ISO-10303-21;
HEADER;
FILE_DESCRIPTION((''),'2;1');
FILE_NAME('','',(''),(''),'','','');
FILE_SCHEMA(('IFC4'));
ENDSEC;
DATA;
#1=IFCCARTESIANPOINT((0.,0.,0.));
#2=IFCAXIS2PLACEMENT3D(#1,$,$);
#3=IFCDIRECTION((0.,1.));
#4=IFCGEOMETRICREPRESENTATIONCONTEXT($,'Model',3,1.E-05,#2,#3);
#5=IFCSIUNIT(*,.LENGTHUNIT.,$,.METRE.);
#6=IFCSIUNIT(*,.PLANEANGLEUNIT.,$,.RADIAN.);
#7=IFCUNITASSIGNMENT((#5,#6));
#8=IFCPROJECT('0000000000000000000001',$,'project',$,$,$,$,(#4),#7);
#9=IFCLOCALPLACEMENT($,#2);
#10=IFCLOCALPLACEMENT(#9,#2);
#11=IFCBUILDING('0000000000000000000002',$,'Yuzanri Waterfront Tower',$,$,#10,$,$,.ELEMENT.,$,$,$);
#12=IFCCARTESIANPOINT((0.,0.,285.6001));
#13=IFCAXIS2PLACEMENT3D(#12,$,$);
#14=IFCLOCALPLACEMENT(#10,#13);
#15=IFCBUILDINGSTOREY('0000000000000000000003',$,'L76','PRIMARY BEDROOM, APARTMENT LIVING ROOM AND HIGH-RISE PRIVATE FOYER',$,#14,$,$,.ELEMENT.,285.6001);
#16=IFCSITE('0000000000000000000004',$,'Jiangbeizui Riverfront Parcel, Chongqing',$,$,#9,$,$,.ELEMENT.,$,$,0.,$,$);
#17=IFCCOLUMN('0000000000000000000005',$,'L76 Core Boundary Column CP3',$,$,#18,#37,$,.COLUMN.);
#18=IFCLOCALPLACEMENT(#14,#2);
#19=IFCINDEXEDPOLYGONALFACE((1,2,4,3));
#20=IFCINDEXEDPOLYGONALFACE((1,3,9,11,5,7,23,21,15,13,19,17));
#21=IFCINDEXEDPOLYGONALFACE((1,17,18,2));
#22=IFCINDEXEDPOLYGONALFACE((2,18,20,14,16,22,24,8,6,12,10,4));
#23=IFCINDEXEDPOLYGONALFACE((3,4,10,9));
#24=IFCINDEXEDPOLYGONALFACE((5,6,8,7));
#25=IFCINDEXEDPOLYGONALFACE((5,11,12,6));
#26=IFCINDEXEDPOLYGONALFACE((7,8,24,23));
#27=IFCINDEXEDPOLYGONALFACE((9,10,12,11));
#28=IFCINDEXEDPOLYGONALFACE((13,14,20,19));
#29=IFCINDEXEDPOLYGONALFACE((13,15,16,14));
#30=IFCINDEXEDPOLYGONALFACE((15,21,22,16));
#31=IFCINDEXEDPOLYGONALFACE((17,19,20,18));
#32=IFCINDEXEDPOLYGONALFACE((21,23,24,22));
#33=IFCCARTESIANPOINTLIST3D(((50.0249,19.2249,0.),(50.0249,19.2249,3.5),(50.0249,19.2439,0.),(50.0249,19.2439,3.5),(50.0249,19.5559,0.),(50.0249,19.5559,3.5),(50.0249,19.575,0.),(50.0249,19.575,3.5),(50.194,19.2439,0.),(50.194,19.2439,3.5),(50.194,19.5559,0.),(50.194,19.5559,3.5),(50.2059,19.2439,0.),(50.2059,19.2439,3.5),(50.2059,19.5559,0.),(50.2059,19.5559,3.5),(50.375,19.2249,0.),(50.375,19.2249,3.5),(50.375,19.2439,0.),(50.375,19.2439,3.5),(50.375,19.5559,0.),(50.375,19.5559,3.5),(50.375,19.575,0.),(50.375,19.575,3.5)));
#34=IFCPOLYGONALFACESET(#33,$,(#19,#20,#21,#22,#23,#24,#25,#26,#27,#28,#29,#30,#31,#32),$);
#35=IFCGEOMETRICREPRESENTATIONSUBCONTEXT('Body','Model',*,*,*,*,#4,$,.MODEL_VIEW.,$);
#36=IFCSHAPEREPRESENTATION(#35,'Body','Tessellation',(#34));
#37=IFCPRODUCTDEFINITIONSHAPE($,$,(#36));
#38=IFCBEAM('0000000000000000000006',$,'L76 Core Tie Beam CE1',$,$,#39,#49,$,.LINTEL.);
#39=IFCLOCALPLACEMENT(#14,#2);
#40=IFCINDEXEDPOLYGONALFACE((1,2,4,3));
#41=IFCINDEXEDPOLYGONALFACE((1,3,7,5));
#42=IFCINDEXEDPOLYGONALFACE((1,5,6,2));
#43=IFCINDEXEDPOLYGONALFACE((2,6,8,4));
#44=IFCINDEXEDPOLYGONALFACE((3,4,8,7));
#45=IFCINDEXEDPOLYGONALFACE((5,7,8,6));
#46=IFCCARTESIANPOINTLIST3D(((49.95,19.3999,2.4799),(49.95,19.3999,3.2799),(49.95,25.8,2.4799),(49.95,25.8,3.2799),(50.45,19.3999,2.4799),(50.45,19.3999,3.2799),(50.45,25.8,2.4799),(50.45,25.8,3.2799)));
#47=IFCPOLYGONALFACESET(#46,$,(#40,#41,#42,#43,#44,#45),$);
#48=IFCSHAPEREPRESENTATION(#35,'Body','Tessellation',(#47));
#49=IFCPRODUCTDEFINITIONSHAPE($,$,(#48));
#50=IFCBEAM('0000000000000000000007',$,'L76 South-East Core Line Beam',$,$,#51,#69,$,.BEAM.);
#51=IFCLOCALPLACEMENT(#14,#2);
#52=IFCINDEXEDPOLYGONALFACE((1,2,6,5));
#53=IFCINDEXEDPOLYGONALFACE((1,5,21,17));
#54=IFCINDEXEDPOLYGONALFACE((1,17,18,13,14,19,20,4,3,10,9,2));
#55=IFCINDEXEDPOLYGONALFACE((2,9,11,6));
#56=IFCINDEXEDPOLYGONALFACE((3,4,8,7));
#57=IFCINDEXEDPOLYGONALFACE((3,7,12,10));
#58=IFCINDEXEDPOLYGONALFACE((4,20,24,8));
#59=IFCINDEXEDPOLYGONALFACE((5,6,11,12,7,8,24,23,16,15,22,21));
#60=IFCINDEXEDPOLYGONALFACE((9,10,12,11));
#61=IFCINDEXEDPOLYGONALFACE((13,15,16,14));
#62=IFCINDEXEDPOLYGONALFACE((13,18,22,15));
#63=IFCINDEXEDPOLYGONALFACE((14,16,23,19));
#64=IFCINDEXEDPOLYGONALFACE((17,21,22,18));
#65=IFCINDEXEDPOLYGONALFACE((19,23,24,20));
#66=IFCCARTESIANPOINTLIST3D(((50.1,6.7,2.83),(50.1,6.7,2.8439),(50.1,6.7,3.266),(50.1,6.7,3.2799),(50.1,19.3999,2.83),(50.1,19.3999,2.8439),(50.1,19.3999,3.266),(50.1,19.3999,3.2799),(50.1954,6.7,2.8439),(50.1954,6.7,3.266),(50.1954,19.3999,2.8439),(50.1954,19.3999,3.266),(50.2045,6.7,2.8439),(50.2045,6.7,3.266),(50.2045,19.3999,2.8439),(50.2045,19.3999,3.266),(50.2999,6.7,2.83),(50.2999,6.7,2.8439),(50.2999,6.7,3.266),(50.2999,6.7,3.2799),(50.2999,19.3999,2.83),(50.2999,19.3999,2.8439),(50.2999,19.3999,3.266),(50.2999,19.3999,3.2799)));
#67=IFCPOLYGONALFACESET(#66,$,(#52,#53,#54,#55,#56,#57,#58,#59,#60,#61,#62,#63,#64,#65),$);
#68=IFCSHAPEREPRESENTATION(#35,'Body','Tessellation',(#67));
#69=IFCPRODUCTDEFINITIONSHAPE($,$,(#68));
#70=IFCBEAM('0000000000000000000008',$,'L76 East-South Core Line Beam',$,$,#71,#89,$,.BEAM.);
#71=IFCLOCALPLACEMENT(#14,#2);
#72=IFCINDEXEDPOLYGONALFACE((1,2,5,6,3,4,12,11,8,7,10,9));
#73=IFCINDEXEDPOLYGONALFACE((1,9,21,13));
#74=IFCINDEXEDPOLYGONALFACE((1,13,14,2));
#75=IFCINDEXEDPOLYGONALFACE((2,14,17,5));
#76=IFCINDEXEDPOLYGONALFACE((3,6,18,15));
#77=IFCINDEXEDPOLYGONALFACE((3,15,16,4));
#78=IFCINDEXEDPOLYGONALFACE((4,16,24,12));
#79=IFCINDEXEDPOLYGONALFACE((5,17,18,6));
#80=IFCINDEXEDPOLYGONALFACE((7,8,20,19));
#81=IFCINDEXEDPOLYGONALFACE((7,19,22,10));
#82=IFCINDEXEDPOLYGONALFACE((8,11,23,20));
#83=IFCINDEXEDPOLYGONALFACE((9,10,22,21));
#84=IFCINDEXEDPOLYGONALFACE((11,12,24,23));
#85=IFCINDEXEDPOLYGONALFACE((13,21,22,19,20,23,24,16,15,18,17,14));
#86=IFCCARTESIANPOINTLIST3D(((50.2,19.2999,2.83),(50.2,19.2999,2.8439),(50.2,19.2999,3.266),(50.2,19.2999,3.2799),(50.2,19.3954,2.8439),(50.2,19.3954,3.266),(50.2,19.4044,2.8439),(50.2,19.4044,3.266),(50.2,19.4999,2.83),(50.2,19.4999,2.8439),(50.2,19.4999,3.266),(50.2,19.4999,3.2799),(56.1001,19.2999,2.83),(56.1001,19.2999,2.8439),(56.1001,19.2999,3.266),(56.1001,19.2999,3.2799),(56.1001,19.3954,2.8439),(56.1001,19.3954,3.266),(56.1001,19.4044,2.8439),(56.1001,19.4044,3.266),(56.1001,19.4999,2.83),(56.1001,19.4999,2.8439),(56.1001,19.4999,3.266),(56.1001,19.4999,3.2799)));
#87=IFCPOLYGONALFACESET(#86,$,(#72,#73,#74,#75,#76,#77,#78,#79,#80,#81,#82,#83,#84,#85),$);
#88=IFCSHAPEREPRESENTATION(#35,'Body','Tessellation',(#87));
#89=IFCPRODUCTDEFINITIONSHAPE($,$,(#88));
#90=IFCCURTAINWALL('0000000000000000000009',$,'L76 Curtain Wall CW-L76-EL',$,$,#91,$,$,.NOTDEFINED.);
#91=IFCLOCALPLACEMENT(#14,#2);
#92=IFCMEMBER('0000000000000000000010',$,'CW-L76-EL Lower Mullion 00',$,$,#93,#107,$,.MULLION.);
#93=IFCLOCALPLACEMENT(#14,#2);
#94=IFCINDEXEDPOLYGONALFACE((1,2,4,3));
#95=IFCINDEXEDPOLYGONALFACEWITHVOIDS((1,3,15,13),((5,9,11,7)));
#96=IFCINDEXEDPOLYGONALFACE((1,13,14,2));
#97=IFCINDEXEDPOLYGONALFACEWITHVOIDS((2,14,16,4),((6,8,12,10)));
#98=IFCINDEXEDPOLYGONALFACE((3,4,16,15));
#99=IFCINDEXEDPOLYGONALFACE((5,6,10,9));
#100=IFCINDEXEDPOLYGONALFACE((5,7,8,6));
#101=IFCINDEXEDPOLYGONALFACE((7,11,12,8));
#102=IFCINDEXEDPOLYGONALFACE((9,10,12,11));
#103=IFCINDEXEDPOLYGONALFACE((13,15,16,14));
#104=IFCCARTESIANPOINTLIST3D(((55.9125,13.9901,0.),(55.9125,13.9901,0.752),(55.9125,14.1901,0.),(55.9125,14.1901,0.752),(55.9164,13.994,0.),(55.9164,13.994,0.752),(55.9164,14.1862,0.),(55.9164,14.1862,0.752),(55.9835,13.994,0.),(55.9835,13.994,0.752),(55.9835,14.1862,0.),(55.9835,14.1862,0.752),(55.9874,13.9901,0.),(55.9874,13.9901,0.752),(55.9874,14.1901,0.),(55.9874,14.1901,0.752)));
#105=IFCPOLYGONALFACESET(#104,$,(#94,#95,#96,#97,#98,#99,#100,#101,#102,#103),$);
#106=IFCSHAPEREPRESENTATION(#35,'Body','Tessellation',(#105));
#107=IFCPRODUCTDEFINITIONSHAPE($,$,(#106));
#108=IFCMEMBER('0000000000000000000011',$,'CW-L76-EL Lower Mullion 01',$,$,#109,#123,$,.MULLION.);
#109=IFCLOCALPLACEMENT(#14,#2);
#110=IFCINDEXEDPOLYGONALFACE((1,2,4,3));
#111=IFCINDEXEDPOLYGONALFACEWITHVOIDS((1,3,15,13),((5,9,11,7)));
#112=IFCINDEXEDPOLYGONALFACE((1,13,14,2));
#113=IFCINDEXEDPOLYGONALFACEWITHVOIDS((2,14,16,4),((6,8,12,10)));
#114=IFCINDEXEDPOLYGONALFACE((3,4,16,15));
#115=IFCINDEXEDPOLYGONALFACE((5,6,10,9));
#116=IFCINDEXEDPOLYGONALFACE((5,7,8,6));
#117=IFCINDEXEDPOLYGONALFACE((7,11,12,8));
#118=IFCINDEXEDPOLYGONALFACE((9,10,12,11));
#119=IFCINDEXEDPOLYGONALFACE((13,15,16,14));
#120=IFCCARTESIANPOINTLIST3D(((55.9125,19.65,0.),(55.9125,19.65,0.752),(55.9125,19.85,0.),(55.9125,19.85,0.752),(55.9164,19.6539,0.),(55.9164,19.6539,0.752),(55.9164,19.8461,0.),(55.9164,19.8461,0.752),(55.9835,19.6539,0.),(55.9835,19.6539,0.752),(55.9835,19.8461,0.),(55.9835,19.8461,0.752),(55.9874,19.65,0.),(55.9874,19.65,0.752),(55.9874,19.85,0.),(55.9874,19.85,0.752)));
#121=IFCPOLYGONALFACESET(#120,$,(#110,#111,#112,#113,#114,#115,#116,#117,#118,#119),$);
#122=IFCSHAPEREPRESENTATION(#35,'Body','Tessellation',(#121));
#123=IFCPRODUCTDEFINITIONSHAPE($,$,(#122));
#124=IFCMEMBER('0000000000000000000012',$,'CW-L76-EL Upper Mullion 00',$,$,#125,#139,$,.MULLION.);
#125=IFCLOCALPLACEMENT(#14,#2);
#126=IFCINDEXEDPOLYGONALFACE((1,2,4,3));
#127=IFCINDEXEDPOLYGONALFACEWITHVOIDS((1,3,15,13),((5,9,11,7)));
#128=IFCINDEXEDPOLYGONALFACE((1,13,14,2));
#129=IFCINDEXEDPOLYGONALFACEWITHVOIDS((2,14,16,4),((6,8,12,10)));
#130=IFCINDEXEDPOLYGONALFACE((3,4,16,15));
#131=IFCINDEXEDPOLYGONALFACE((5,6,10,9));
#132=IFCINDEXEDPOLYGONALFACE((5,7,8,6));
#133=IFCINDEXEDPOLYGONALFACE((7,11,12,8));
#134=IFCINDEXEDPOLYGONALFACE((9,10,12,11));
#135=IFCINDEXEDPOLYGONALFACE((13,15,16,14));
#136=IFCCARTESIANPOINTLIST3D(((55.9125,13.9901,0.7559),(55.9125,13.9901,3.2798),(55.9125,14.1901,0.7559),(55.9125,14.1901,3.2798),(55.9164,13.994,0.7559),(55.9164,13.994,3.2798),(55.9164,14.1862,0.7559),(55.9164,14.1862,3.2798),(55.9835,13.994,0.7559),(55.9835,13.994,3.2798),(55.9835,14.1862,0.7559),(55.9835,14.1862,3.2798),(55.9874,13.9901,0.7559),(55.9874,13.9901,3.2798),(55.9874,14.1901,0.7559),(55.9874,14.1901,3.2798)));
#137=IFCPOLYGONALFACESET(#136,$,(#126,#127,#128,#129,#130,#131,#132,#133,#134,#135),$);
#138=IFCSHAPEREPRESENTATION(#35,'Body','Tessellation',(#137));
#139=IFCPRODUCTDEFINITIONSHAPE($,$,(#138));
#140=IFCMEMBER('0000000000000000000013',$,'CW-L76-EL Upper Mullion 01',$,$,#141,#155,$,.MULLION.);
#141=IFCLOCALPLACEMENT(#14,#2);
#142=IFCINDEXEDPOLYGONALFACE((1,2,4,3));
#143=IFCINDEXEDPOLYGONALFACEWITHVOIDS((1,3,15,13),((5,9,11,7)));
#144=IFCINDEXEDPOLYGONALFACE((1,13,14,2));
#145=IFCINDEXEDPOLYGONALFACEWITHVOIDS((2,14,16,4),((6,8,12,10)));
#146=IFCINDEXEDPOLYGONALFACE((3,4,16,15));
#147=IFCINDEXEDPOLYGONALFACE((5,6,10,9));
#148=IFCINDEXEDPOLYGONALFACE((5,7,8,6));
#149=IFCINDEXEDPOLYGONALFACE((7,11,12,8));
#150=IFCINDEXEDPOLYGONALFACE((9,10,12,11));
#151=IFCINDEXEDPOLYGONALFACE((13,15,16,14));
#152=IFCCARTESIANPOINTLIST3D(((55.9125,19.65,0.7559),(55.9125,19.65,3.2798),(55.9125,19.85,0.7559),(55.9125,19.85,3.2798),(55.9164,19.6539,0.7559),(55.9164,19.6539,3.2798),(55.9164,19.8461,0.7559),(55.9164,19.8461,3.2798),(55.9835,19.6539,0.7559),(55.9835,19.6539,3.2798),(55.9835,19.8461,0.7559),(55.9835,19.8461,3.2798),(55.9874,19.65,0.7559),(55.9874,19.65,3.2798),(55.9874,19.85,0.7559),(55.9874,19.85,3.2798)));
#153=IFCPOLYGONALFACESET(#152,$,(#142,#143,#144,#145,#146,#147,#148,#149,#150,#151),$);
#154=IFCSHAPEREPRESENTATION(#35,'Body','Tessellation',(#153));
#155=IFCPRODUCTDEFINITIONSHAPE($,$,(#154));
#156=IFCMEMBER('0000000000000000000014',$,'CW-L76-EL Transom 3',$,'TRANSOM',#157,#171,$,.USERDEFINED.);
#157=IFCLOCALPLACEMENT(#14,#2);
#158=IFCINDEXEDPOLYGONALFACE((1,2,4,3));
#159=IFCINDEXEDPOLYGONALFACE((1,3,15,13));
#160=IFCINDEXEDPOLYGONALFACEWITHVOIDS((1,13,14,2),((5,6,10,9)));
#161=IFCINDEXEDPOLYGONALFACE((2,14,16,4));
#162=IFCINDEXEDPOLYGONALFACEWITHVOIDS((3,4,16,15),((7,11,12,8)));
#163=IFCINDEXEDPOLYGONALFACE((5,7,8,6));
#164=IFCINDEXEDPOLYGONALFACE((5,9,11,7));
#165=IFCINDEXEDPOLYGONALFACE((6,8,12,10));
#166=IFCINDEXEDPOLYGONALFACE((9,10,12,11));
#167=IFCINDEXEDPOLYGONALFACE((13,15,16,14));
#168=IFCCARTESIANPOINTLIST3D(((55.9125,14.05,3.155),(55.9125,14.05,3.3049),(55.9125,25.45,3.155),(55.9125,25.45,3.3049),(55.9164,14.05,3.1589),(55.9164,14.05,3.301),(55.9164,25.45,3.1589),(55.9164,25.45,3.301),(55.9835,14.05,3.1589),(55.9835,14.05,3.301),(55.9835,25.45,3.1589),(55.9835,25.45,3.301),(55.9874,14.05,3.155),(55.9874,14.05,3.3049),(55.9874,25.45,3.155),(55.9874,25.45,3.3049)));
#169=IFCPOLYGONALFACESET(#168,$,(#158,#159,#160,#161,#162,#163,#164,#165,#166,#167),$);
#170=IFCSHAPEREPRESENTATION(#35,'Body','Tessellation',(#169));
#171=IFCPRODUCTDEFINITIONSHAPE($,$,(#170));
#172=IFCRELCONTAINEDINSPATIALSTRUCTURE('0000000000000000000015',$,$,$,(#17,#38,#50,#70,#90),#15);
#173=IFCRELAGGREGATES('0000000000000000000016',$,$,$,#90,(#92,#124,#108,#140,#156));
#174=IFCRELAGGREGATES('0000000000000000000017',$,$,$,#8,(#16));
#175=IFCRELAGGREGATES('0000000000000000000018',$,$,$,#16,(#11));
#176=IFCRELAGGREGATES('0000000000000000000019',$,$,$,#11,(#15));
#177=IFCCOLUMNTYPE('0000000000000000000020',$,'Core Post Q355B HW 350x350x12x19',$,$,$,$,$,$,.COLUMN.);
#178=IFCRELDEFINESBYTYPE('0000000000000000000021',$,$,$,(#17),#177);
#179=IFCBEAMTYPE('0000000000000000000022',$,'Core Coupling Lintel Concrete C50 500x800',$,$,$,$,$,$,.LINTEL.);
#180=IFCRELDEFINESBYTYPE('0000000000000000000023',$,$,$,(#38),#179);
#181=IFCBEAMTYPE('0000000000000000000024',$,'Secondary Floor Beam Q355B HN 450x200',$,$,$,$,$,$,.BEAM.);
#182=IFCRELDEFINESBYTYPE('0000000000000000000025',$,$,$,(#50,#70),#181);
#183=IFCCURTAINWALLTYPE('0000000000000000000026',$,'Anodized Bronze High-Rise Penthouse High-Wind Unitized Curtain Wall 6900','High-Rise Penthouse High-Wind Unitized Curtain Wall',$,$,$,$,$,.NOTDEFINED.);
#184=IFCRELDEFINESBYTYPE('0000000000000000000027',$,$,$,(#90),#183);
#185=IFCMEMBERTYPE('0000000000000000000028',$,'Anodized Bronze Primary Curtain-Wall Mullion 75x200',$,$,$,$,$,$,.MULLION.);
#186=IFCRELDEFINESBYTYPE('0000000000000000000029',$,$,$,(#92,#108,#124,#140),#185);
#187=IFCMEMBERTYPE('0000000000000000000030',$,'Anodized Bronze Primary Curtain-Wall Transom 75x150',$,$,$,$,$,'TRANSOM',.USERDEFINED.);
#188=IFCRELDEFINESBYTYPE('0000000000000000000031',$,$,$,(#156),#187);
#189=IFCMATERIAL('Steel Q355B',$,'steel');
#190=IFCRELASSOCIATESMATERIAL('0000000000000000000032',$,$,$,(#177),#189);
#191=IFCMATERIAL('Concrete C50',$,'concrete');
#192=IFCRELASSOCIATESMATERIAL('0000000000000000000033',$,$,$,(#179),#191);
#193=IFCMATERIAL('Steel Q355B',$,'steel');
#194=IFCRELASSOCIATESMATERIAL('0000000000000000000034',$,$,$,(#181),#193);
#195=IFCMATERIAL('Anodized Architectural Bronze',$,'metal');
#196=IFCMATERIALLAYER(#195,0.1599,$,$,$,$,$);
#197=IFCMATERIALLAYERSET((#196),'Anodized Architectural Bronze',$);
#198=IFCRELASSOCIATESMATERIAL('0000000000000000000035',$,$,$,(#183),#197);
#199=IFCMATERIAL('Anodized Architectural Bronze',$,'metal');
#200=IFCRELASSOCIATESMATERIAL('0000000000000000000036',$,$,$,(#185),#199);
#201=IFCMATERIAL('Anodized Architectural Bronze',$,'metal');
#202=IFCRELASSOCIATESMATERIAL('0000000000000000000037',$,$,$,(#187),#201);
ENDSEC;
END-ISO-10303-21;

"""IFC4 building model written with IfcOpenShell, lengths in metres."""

from ifc_helpers import new_model, si_unit, direction, frame, origin, origin_2d, place, context, subcontext, project, spatial, rectangle, hollow_rectangle, i_section, extrude, source, transform, mapped, material, layer, layer_set, material_profile, profile_set, type_object, element, aggregate, save


model = new_model("IFC4")

# Units and contexts
model_context = context("Model", 3, precision=1e-05, world=origin(), true_north=direction((0.0, 1.0)))
body_context = subcontext(model_context, "Body", "Model", "MODEL_VIEW")
ifc_project = project(units=[si_unit("LENGTHUNIT", "METRE"), si_unit("PLANEANGLEUNIT", "RADIAN")], contexts=[model_context])

# Site, building, storey
site_placement = place(None, origin())
site = spatial("IfcSite", under=ifc_project, at=site_placement, Name="Jiangbeizui Riverfront Parcel, Chongqing", CompositionType="ELEMENT", RefElevation=0.0)
building_placement = place(site_placement, origin())
building = spatial("IfcBuilding", under=site, at=building_placement, Name="Yuzanri Waterfront Tower", CompositionType="ELEMENT")
storey_placement = place(building_placement, frame((0.0, 0.0, 285.6001)))
storey = spatial("IfcBuildingStorey", under=building, at=storey_placement, Name="L76", Description="PRIMARY BEDROOM, APARTMENT LIVING ROOM AND HIGH-RISE PRIVATE FOYER", CompositionType="ELEMENT", Elevation=285.6001)

# Column
ifc_material_1 = material(Name="Steel Q355B", Category="steel")
ifc_material_profile_1 = material_profile(ifc_material_1, i_section(OverallWidth=0.3501, OverallDepth=0.3501, WebThickness=0.012, FlangeThickness=0.019, at=origin_2d()), Name="HW 350x350x12x19")
ifc_profile_set_1 = profile_set([ifc_material_profile_1], Name="Steel Q355B")
column_type = type_object("IfcColumnType", Name="Core Post Q355B HW 350x350x12x19", PredefinedType="COLUMN", material=ifc_profile_set_1)
shared_shape_1 = source(origin(), body_context, "Body", "SweptSolid", [
    extrude(i_section(OverallWidth=0.3501, OverallDepth=0.3501, WebThickness=0.012, FlangeThickness=0.019, at=origin_2d()), origin(), (0.0, 0.0, 1.0), 3.5),
])
column_placement = place(storey_placement, frame((50.2, 19.3999, 0.0), z_axis=(0.0, 0.0, 1.0), x_axis=(1.0, 0.0, 0.0)))
element("IfcColumn", 1, at=column_placement, inside=storey, type_object=column_type, Name="L76 Core Boundary Column CP3", PredefinedType="COLUMN", context=body_context, shape_type="MappedRepresentation", body=[
    mapped(shared_shape_1, transform((0.0, 0.0, 0.0), scale=1.0)),
])

# Beams
ifc_material_2 = material(Name="Concrete C50", Category="concrete")
ifc_material_profile_2 = material_profile(ifc_material_2, rectangle(XDim=0.5, YDim=0.8, at=origin_2d()), Name="RC 500x800")
ifc_profile_set_2 = profile_set([ifc_material_profile_2], Name="Concrete C50")
beam_type_1 = type_object("IfcBeamType", Name="Core Coupling Lintel Concrete C50 500x800", PredefinedType="LINTEL", material=ifc_profile_set_2)
shared_shape_2 = source(origin(), body_context, "Body", "SweptSolid", [
    extrude(rectangle(XDim=0.5, YDim=0.8, at=origin_2d()), origin(), (0.0, 0.0, 1.0), 6.4001),
])
beam_1_placement = place(storey_placement, frame((50.2, 19.3999, 2.8799), z_axis=(0.0, 1.0, 0.0), x_axis=(-1.0, 0.0, 0.0)))
element("IfcBeam", 2, at=beam_1_placement, inside=storey, type_object=beam_type_1, Name="L76 Core Tie Beam CE1", PredefinedType="LINTEL", context=body_context, shape_type="MappedRepresentation", body=[
    mapped(shared_shape_2, transform((0.0, 0.0, 0.0), scale=1.0)),
])
ifc_material_3 = material(Name="Steel Q355B", Category="steel")
ifc_material_profile_3 = material_profile(ifc_material_3, i_section(OverallWidth=0.2, OverallDepth=0.45, WebThickness=0.009, FlangeThickness=0.0139, at=origin_2d()), Name="HN 450x200x9x14")
ifc_profile_set_3 = profile_set([ifc_material_profile_3], Name="Steel Q355B")
beam_type_2 = type_object("IfcBeamType", Name="Secondary Floor Beam Q355B HN 450x200", PredefinedType="BEAM", material=ifc_profile_set_3)
shared_shape_3 = source(origin(), body_context, "Body", "SweptSolid", [
    extrude(i_section(OverallWidth=0.2, OverallDepth=0.45, WebThickness=0.009, FlangeThickness=0.0139, at=origin_2d()), origin(), (0.0, 0.0, 1.0), 12.7),
])
beam_2_placement = place(storey_placement, frame((50.2, 19.3999, 3.0549), z_axis=(0.0, -1.0, 0.0), x_axis=(1.0, 0.0, 0.0)))
element("IfcBeam", 3, at=beam_2_placement, inside=storey, type_object=beam_type_2, Name="L76 South-East Core Line Beam", PredefinedType="BEAM", context=body_context, shape_type="MappedRepresentation", body=[
    mapped(shared_shape_3, transform((0.0, 0.0, 0.0), scale=1.0)),
])
shared_shape_4 = source(origin(), body_context, "Body", "SweptSolid", [
    extrude(i_section(OverallWidth=0.2, OverallDepth=0.45, WebThickness=0.009, FlangeThickness=0.0139, at=origin_2d()), origin(), (0.0, 0.0, 1.0), 5.9001),
])
beam_3_placement = place(storey_placement, frame((50.2, 19.3999, 3.0549), z_axis=(1.0, 0.0, 0.0), x_axis=(0.0, 1.0, 0.0)))
element("IfcBeam", 4, at=beam_3_placement, inside=storey, type_object=beam_type_2, Name="L76 East-South Core Line Beam", PredefinedType="BEAM", context=body_context, shape_type="MappedRepresentation", body=[
    mapped(shared_shape_4, transform((0.0, 0.0, 0.0), scale=1.0)),
])

# Curtain wall, members
ifc_material_4 = material(Name="Anodized Architectural Bronze", Category="metal")
ifc_layer_1 = layer(ifc_material_4, 0.1599)
ifc_layer_set_1 = layer_set([ifc_layer_1], Name="Anodized Architectural Bronze")
curtain_wall_type = type_object("IfcCurtainWallType", Name="Anodized Bronze High-Rise Penthouse High-Wind Unitized Curtain Wall 6900", Description="High-Rise Penthouse High-Wind Unitized Curtain Wall", PredefinedType="NOTDEFINED", material=ifc_layer_set_1)
curtain_wall_placement = place(storey_placement, origin())
curtain_wall = element("IfcCurtainWall", 5, at=curtain_wall_placement, inside=storey, type_object=curtain_wall_type, Name="L76 Curtain Wall CW-L76-EL", PredefinedType="NOTDEFINED")
ifc_material_5 = material(Name="Anodized Architectural Bronze", Category="metal")
ifc_material_profile_4 = material_profile(ifc_material_5, hollow_rectangle(XDim=0.075, YDim=0.2, WallThickness=0.0039, at=origin_2d()), Name="CWM 75x200")
ifc_profile_set_4 = profile_set([ifc_material_profile_4], Name="Anodized Architectural Bronze")
member_type_1 = type_object("IfcMemberType", Name="Anodized Bronze Primary Curtain-Wall Mullion 75x200", PredefinedType="MULLION", material=ifc_profile_set_4)
shared_shape_5 = source(origin(), body_context, "Body", "SweptSolid", [
    extrude(hollow_rectangle(XDim=0.075, YDim=0.2, WallThickness=0.0039, at=origin_2d()), origin(), (0.0, 0.0, 1.0), 0.752),
])
member_1_placement = place(storey_placement, frame((55.95, 14.0901, 0.0), z_axis=(0.0, 0.0, 1.0), x_axis=(1.0, 0.0, 0.0)))
member_1 = element("IfcMember", 6, at=member_1_placement, type_object=member_type_1, Name="CW-L76-EL Lower Mullion 00", PredefinedType="MULLION", context=body_context, shape_type="MappedRepresentation", body=[
    mapped(shared_shape_5, transform((0.0, 0.0, 0.0), scale=1.0)),
])
member_2_placement = place(storey_placement, frame((55.95, 19.75, 0.0), z_axis=(0.0, 0.0, 1.0), x_axis=(1.0, 0.0, 0.0)))
member_2 = element("IfcMember", 7, at=member_2_placement, type_object=member_type_1, Name="CW-L76-EL Lower Mullion 01", PredefinedType="MULLION", context=body_context, shape_type="MappedRepresentation", body=[
    mapped(shared_shape_5, transform((0.0, 0.0, 0.0), scale=1.0)),
])
shared_shape_6 = source(origin(), body_context, "Body", "SweptSolid", [
    extrude(hollow_rectangle(XDim=0.075, YDim=0.2, WallThickness=0.0039, at=origin_2d()), origin(), (0.0, 0.0, 1.0), 2.5239),
])
member_3_placement = place(storey_placement, frame((55.95, 14.0901, 0.7559), z_axis=(0.0, 0.0, 1.0), x_axis=(1.0, 0.0, 0.0)))
member_3 = element("IfcMember", 8, at=member_3_placement, type_object=member_type_1, Name="CW-L76-EL Upper Mullion 00", PredefinedType="MULLION", context=body_context, shape_type="MappedRepresentation", body=[
    mapped(shared_shape_6, transform((0.0, 0.0, 0.0), scale=1.0)),
])
member_4_placement = place(storey_placement, frame((55.95, 19.75, 0.7559), z_axis=(0.0, 0.0, 1.0), x_axis=(1.0, 0.0, 0.0)))
member_4 = element("IfcMember", 9, at=member_4_placement, type_object=member_type_1, Name="CW-L76-EL Upper Mullion 01", PredefinedType="MULLION", context=body_context, shape_type="MappedRepresentation", body=[
    mapped(shared_shape_6, transform((0.0, 0.0, 0.0), scale=1.0)),
])
ifc_material_6 = material(Name="Anodized Architectural Bronze", Category="metal")
ifc_material_profile_5 = material_profile(ifc_material_6, hollow_rectangle(XDim=0.075, YDim=0.1499, WallThickness=0.0039, at=origin_2d()), Name="CWT 75x150")
ifc_profile_set_5 = profile_set([ifc_material_profile_5], Name="Anodized Architectural Bronze")
member_type_2 = type_object("IfcMemberType", Name="Anodized Bronze Primary Curtain-Wall Transom 75x150", ElementType="TRANSOM", PredefinedType="USERDEFINED", material=ifc_profile_set_5)
shared_shape_7 = source(origin(), body_context, "Body", "SweptSolid", [
    extrude(hollow_rectangle(XDim=0.075, YDim=0.1499, WallThickness=0.0039, at=origin_2d()), origin(), (0.0, 0.0, 1.0), 11.3999),
])
member_5_placement = place(storey_placement, frame((55.95, 14.05, 3.23), z_axis=(0.0, 1.0, 0.0), x_axis=(-1.0, 0.0, 0.0)))
member_5 = element("IfcMember", 10, at=member_5_placement, type_object=member_type_2, Name="CW-L76-EL Transom 3", ObjectType="TRANSOM", PredefinedType="USERDEFINED", context=body_context, shape_type="MappedRepresentation", body=[
    mapped(shared_shape_7, transform((0.0, 0.0, 0.0), scale=1.0)),
])
aggregate(curtain_wall, [member_1, member_3, member_2, member_4, member_5])

save(model, "model.ifc")
